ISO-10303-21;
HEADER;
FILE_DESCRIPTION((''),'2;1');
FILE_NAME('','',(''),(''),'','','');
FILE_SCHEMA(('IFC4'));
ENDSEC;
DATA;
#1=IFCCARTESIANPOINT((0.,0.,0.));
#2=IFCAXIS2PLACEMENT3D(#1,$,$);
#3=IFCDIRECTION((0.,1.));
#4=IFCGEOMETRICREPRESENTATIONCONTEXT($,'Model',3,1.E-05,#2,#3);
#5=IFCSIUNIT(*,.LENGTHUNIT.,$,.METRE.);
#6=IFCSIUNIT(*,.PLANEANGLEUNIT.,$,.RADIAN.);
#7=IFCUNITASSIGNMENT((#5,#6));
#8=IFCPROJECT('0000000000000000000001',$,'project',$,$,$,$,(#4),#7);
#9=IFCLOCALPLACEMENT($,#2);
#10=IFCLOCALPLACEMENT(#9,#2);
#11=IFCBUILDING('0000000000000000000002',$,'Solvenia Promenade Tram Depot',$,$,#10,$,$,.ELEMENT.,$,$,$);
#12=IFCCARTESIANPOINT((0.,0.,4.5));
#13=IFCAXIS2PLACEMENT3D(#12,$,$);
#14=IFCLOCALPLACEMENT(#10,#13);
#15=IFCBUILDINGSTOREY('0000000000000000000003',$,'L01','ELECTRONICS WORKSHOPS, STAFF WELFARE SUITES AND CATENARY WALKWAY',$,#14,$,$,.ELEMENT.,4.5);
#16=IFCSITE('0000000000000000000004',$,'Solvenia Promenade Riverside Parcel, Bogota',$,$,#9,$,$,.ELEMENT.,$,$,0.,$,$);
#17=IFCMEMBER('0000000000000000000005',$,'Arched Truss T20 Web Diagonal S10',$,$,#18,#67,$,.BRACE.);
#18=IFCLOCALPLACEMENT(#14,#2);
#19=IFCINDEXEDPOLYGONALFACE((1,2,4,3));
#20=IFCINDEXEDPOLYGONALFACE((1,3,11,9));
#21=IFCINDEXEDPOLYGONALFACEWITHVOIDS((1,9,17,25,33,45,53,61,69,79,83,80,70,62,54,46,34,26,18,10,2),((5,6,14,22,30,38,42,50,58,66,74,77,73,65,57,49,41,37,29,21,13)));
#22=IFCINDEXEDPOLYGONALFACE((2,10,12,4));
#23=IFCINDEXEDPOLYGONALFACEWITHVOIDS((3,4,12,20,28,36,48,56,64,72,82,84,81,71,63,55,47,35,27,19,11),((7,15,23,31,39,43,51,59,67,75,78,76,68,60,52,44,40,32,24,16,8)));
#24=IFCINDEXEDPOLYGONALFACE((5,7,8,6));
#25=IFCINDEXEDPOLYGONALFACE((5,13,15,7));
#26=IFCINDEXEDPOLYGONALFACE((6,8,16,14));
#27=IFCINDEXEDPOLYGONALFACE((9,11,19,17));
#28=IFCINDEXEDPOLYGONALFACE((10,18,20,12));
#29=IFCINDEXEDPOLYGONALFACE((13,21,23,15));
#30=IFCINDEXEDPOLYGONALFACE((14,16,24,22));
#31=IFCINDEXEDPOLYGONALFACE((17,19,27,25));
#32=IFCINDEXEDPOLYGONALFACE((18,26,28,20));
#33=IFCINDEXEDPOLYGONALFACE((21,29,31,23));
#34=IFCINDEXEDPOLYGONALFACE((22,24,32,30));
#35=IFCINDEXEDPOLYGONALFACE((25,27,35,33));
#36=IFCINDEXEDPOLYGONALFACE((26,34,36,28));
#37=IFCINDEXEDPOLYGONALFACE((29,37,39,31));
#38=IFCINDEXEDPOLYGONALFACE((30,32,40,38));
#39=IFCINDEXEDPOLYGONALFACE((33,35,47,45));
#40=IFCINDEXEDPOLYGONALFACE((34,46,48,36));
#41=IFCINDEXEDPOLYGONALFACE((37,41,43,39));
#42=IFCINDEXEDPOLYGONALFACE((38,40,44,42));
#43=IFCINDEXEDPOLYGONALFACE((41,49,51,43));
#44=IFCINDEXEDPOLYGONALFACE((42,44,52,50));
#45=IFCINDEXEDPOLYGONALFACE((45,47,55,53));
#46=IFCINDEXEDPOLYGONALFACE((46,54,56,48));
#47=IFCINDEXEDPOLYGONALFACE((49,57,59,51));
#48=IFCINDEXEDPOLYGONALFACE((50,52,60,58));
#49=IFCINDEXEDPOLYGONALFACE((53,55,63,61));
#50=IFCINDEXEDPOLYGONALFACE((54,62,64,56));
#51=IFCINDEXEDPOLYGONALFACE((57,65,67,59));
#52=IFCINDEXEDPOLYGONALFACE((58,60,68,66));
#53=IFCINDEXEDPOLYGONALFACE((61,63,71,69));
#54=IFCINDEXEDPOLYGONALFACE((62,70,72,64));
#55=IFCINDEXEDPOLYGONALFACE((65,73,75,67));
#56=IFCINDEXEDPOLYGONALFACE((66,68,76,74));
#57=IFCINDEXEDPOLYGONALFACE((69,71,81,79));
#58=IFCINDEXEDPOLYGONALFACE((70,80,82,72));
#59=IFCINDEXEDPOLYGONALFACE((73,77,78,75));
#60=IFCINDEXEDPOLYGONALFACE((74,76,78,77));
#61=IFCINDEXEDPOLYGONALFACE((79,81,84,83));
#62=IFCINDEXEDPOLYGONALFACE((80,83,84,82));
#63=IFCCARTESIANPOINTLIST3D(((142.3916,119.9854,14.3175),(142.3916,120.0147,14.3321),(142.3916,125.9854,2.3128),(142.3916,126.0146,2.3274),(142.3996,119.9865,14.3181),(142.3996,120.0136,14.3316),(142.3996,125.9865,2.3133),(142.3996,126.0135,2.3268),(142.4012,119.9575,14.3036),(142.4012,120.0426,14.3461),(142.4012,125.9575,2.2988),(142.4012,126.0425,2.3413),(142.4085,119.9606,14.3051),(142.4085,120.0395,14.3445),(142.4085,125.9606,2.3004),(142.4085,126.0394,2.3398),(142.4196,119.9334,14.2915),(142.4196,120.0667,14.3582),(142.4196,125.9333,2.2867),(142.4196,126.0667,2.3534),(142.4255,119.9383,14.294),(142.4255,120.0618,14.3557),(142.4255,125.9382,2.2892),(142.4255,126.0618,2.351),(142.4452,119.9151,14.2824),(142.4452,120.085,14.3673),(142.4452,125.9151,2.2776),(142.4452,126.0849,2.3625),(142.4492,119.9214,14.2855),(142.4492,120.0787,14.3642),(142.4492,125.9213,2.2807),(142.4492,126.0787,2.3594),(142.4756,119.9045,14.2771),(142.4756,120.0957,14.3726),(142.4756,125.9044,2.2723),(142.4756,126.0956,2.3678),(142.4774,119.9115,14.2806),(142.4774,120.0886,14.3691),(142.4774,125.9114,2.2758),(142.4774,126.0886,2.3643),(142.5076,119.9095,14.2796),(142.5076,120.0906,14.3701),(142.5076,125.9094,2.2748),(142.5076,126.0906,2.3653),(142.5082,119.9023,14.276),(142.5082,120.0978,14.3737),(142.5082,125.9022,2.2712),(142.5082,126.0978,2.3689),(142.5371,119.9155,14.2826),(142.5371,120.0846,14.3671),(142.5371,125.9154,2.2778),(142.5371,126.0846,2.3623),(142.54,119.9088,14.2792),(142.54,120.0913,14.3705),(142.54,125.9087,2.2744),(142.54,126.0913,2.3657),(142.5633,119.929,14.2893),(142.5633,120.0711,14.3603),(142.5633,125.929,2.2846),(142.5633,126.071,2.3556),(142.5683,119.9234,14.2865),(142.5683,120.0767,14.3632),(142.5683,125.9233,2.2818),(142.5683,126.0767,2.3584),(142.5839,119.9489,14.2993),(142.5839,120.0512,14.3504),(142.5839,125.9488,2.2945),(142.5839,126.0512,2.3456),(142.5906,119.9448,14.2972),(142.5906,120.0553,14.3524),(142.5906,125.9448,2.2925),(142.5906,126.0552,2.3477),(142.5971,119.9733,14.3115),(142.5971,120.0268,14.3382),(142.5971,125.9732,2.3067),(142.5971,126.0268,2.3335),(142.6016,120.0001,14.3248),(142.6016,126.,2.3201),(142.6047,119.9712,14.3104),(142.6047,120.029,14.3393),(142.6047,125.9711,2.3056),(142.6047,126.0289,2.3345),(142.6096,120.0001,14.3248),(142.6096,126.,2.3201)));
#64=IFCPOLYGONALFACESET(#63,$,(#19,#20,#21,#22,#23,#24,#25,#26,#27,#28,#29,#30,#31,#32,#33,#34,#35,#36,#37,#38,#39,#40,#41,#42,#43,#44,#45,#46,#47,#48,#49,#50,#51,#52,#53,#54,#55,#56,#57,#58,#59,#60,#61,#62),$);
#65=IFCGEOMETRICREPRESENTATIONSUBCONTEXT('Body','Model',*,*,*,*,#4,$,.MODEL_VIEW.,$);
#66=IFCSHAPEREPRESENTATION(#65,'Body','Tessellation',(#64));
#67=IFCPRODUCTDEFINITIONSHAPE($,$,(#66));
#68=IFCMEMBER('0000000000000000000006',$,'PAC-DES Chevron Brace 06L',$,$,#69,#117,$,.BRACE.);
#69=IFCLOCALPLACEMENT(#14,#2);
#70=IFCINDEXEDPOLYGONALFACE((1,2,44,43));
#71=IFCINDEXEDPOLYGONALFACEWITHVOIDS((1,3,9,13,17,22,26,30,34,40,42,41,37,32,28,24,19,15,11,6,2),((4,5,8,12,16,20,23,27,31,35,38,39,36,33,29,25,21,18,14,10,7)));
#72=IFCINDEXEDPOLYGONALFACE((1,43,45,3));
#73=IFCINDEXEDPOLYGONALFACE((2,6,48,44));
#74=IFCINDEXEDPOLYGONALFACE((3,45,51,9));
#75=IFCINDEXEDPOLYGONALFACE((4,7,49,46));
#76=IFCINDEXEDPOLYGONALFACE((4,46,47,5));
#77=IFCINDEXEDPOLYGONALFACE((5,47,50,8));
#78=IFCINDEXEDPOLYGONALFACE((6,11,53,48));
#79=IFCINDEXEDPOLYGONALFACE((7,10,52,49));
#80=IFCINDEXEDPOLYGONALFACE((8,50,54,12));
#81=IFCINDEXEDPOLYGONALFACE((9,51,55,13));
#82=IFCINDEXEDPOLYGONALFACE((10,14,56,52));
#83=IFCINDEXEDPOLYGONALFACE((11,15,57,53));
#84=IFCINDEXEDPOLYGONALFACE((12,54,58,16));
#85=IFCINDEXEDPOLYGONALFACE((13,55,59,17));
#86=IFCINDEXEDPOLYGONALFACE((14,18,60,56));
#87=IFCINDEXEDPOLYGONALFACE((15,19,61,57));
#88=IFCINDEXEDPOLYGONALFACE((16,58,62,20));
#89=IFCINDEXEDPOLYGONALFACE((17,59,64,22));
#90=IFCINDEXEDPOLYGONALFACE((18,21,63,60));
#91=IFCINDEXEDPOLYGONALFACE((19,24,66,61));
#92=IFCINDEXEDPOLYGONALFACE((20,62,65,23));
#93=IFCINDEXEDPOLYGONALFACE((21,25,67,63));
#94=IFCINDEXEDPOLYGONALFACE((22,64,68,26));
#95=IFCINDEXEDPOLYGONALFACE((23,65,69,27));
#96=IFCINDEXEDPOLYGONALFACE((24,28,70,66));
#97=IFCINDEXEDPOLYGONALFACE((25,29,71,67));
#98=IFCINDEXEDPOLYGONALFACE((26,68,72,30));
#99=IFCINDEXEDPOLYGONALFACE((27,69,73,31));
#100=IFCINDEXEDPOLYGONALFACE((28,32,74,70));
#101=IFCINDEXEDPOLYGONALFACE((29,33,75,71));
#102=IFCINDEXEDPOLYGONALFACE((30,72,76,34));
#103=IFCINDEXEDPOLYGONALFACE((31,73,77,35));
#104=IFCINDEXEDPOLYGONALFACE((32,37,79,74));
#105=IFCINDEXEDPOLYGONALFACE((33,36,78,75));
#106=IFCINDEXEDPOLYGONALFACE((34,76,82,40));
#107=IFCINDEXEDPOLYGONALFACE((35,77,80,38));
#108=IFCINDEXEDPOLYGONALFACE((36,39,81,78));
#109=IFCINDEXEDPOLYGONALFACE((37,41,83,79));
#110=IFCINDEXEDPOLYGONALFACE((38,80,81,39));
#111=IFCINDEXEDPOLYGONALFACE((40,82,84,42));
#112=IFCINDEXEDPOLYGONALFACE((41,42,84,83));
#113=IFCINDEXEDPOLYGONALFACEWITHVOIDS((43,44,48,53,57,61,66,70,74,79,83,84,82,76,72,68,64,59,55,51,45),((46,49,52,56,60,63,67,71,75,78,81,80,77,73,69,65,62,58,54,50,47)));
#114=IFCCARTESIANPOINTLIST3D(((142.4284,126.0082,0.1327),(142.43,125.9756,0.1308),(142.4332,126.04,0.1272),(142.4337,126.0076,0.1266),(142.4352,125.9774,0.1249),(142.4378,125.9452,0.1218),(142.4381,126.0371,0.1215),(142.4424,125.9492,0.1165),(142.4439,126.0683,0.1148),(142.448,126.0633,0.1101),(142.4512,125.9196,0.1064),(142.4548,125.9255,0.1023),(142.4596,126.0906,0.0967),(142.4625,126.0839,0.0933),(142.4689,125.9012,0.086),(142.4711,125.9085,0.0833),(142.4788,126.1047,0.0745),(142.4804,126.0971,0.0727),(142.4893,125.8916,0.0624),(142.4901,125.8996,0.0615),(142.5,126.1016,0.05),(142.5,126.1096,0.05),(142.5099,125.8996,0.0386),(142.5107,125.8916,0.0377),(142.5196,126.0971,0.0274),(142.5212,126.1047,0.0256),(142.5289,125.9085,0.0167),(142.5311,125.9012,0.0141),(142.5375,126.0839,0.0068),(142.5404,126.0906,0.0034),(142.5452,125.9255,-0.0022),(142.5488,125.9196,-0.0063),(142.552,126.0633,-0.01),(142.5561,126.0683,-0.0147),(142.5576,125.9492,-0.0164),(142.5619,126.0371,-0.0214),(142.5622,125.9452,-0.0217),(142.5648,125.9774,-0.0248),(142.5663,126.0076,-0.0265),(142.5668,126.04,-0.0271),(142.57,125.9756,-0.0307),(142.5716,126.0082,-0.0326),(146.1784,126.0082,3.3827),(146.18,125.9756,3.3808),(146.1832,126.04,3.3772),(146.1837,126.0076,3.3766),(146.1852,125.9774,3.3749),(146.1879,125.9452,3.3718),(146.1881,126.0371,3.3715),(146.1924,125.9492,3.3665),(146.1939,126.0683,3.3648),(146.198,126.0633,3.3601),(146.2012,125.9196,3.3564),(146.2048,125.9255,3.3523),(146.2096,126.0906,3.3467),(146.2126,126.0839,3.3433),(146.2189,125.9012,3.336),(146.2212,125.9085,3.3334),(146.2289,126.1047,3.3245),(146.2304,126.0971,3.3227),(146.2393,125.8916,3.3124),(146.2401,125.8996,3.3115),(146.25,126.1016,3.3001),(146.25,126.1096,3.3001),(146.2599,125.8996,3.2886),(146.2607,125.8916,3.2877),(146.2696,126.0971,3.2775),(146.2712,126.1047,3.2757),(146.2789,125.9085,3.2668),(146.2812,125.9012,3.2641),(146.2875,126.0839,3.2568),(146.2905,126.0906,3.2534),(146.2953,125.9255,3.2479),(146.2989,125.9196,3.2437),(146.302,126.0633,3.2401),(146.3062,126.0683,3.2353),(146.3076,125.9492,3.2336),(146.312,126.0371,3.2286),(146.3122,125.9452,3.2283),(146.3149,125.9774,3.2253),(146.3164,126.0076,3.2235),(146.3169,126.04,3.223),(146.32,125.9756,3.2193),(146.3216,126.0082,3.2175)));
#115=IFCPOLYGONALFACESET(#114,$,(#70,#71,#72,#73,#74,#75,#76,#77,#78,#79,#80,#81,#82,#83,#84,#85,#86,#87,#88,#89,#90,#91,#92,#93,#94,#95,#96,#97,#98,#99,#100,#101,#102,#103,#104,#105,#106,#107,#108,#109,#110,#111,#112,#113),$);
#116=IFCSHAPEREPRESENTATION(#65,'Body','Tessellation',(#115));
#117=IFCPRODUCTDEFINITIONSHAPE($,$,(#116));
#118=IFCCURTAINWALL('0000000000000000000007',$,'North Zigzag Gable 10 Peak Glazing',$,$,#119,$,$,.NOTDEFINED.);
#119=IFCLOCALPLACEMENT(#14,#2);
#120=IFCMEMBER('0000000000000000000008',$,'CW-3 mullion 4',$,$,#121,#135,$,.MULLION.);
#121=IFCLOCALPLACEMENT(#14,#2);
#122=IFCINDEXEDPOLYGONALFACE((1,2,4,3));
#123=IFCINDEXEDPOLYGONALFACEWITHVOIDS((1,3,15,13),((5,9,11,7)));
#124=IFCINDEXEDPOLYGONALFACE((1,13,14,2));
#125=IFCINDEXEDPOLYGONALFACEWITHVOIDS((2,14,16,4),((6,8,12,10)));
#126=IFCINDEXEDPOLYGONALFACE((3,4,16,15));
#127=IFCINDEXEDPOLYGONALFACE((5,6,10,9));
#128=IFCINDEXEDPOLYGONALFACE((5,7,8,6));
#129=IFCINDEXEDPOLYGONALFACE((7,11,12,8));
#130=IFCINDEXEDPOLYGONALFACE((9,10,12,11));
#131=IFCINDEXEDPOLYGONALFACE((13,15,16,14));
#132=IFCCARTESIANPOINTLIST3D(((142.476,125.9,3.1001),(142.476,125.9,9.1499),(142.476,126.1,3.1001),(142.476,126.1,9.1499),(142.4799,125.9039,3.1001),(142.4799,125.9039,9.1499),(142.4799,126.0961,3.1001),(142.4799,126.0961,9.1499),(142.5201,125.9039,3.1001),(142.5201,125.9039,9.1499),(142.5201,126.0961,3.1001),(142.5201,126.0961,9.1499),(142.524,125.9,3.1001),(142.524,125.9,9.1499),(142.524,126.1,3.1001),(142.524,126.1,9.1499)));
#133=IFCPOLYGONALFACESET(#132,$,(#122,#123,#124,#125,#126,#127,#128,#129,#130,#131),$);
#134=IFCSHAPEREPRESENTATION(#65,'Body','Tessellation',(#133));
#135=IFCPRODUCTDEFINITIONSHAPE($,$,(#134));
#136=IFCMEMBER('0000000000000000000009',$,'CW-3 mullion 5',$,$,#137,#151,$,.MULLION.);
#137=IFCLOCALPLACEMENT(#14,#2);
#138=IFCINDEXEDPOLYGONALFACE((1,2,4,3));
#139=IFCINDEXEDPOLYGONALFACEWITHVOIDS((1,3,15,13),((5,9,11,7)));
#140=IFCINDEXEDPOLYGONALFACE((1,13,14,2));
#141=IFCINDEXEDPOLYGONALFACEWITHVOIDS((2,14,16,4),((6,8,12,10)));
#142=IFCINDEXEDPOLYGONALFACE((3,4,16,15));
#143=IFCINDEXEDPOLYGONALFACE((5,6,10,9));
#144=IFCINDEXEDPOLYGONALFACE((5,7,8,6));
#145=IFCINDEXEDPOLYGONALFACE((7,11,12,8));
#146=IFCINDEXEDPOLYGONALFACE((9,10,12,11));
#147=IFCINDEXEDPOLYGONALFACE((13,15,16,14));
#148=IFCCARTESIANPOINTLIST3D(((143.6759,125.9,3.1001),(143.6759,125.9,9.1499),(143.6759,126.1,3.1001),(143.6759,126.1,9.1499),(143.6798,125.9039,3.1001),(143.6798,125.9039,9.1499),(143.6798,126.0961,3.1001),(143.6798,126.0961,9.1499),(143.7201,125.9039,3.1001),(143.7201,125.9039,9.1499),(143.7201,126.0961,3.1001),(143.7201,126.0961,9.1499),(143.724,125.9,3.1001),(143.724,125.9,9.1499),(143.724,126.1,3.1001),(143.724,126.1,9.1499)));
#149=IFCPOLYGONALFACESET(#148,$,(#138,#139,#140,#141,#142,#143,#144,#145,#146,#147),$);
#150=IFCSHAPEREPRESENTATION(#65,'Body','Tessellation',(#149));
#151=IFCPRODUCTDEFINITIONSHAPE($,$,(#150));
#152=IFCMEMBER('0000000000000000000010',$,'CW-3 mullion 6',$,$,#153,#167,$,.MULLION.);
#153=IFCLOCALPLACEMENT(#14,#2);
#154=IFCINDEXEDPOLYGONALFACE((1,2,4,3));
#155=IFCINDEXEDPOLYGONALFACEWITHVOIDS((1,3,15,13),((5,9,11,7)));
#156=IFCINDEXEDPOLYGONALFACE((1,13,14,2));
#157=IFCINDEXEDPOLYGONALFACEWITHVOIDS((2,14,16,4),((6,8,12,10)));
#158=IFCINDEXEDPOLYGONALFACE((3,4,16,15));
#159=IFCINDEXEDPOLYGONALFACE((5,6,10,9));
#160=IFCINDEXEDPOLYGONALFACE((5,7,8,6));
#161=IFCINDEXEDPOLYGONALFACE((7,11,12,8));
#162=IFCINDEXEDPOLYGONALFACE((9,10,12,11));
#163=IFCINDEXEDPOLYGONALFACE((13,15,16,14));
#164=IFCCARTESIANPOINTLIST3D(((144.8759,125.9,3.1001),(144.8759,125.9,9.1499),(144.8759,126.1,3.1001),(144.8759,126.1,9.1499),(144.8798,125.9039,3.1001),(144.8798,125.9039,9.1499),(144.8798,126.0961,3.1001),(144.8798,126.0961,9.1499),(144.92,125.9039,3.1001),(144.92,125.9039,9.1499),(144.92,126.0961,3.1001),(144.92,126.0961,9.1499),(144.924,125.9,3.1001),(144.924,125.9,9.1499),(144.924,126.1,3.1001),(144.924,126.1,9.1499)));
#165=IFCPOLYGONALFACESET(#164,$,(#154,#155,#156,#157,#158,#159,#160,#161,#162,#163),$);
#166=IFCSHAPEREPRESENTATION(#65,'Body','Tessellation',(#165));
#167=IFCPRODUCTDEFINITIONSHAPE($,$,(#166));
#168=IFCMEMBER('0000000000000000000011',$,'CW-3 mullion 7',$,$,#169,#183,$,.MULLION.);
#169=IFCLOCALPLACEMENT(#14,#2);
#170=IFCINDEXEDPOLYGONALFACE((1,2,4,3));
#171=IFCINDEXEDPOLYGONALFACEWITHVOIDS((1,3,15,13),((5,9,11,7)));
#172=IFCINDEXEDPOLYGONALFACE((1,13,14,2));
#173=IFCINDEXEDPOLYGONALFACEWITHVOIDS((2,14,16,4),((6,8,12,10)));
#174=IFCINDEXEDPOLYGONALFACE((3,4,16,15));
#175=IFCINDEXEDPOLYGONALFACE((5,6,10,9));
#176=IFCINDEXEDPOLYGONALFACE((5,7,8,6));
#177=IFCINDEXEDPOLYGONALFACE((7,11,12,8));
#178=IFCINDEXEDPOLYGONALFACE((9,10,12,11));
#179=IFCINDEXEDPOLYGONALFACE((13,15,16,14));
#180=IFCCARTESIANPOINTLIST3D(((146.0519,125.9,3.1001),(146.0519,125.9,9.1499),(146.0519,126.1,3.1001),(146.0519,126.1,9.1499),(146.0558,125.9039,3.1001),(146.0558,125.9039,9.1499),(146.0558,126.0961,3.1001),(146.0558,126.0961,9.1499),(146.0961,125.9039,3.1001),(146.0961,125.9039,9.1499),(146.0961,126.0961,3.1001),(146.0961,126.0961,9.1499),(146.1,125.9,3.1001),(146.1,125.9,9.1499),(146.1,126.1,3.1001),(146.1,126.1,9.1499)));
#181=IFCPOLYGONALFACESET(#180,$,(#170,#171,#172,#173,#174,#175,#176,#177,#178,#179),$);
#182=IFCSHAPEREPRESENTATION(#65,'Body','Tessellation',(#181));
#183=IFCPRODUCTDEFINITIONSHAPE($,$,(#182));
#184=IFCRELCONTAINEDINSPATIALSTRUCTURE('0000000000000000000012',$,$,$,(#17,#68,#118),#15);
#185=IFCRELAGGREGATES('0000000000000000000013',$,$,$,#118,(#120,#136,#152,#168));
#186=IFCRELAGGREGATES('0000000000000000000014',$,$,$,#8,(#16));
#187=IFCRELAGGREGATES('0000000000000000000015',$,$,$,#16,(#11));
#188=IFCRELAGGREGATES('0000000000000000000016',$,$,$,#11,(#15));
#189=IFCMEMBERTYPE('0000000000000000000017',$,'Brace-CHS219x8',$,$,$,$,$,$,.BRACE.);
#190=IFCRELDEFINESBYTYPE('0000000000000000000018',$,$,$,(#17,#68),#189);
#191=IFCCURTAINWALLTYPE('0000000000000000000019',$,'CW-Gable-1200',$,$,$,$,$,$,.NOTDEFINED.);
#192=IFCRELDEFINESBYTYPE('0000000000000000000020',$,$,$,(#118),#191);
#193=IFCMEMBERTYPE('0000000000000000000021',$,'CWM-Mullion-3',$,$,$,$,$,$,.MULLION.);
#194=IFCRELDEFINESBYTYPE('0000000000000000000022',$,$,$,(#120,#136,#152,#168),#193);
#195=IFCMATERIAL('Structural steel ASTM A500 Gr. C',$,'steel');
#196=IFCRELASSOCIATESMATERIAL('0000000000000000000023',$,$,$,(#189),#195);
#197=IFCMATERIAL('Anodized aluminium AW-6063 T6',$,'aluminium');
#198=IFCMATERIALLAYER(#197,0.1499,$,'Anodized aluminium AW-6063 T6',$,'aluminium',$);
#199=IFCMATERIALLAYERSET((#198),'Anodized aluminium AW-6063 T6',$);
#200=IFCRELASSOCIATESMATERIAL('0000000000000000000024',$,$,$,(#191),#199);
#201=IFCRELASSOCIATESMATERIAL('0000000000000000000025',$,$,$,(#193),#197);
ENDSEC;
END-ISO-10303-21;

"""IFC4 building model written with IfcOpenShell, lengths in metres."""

from ifc_helpers import new_model, si_unit, direction, frame, origin, origin_2d, place, context, subcontext, project, spatial, hollow_rectangle, hollow_circle, extrude, material, layer, layer_set, material_profile, profile_set, type_object, element, aggregate, save


model = new_model("IFC4")

# Units and contexts
model_context = context("Model", 3, precision=1e-05, world=origin(), true_north=direction((0.0, 1.0)))
body_context = subcontext(model_context, "Body", "Model", "MODEL_VIEW")
ifc_project = project(units=[si_unit("LENGTHUNIT", "METRE"), si_unit("PLANEANGLEUNIT", "RADIAN")], contexts=[model_context])

# Site, building, storey
site_placement = place(None, origin())
site = spatial("IfcSite", under=ifc_project, at=site_placement, Name="Solvenia Promenade Riverside Parcel, Bogota", CompositionType="ELEMENT", RefElevation=0.0)
building_placement = place(site_placement, origin())
building = spatial("IfcBuilding", under=site, at=building_placement, Name="Solvenia Promenade Tram Depot", CompositionType="ELEMENT")
storey_placement = place(building_placement, frame((0.0, 0.0, 4.5)))
storey = spatial("IfcBuildingStorey", under=building, at=storey_placement, Name="L01", Description="ELECTRONICS WORKSHOPS, STAFF WELFARE SUITES AND CATENARY WALKWAY", CompositionType="ELEMENT", Elevation=4.5)

# Members
ifc_material_1 = material(Name="Structural steel ASTM A500 Gr. C", Category="steel")
ifc_material_profile_1 = material_profile(ifc_material_1, hollow_circle(Radius=0.1096, WallThickness=0.0081, at=origin_2d()), Name="CHS219.1x8", Category="steel")
ifc_profile_set_1 = profile_set([ifc_material_profile_1], Name="Structural steel ASTM A500 Gr. C")
member_type_1 = type_object("IfcMemberType", Name="Brace-CHS219x8", PredefinedType="BRACE", material=ifc_profile_set_1)
member_1_placement = place(storey_placement, frame((142.5, 126.0, 2.3201), z_axis=(0.0, -0.447068, 0.8945), x_axis=(1.0, 0.0, 0.0)))
element("IfcMember", 1, at=member_1_placement, inside=storey, type_object=member_type_1, Name="Arched Truss T20 Web Diagonal S10", PredefinedType="BRACE", context=body_context, shape_type="SweptSolid", body=[
    extrude(hollow_circle(Radius=0.1096, WallThickness=0.0081, at=origin_2d()), origin(), (0.0, 0.0, 1.0), 13.4207),
])
member_2_placement = place(storey_placement, frame((142.5, 126.0, 0.05), z_axis=(0.755689, 0.0, 0.654931), x_axis=(0.0, 1.0, 0.0)))
element("IfcMember", 2, at=member_2_placement, inside=storey, type_object=member_type_1, Name="PAC-DES Chevron Brace 06L", PredefinedType="BRACE", context=body_context, shape_type="SweptSolid", body=[
    extrude(hollow_circle(Radius=0.1096, WallThickness=0.0081, at=origin_2d()), origin(), (0.0, 0.0, 1.0), 4.9624),
])

# Curtain wall, members
ifc_material_2 = material(Name="Anodized aluminium AW-6063 T6", Category="aluminium")
ifc_layer_1 = layer(ifc_material_2, 0.1499, Name="Anodized aluminium AW-6063 T6", Category="aluminium")
ifc_layer_set_1 = layer_set([ifc_layer_1], Name="Anodized aluminium AW-6063 T6")
curtain_wall_type = type_object("IfcCurtainWallType", Name="CW-Gable-1200", PredefinedType="NOTDEFINED", material=ifc_layer_set_1)
curtain_wall_placement = place(storey_placement, origin())
curtain_wall = element("IfcCurtainWall", 3, at=curtain_wall_placement, inside=storey, type_object=curtain_wall_type, Name="North Zigzag Gable 10 Peak Glazing", PredefinedType="NOTDEFINED")
ifc_material_profile_2 = material_profile(ifc_material_2, hollow_rectangle(XDim=0.2, YDim=0.0481, WallThickness=0.0039, at=origin_2d()), Name="ALU-M3", Category="aluminium")
ifc_profile_set_2 = profile_set([ifc_material_profile_2], Name="Anodized aluminium AW-6063 T6")
member_type_2 = type_object("IfcMemberType", Name="CWM-Mullion-3", PredefinedType="MULLION", material=ifc_profile_set_2)
member_3_placement = place(storey_placement, frame((142.5, 126.0, 3.1001), z_axis=(0.0, 0.0, 1.0), x_axis=(0.0, 1.0, 0.0)))
member_3 = element("IfcMember", 4, at=member_3_placement, type_object=member_type_2, Name="CW-3 mullion 4", PredefinedType="MULLION", context=body_context, shape_type="SweptSolid", body=[
    extrude(hollow_rectangle(XDim=0.2, YDim=0.0481, WallThickness=0.0039, at=origin_2d()), origin(), (0.0, 0.0, 1.0), 6.0498),
])
member_4_placement = place(storey_placement, frame((143.7, 126.0, 3.1001), z_axis=(0.0, 0.0, 1.0), x_axis=(0.0, 1.0, 0.0)))
member_4 = element("IfcMember", 5, at=member_4_placement, type_object=member_type_2, Name="CW-3 mullion 5", PredefinedType="MULLION", context=body_context, shape_type="SweptSolid", body=[
    extrude(hollow_rectangle(XDim=0.2, YDim=0.0481, WallThickness=0.0039, at=origin_2d()), origin(), (0.0, 0.0, 1.0), 6.0498),
])
member_5_placement = place(storey_placement, frame((144.8999, 126.0, 3.1001), z_axis=(0.0, 0.0, 1.0), x_axis=(0.0, 1.0, 0.0)))
member_5 = element("IfcMember", 6, at=member_5_placement, type_object=member_type_2, Name="CW-3 mullion 6", PredefinedType="MULLION", context=body_context, shape_type="SweptSolid", body=[
    extrude(hollow_rectangle(XDim=0.2, YDim=0.0481, WallThickness=0.0039, at=origin_2d()), origin(), (0.0, 0.0, 1.0), 6.0498),
])
member_6_placement = place(storey_placement, frame((146.0759, 126.0, 3.1001), z_axis=(0.0, 0.0, 1.0), x_axis=(0.0, 1.0, 0.0)))
member_6 = element("IfcMember", 7, at=member_6_placement, type_object=member_type_2, Name="CW-3 mullion 7", PredefinedType="MULLION", context=body_context, shape_type="SweptSolid", body=[
    extrude(hollow_rectangle(XDim=0.2, YDim=0.0481, WallThickness=0.0039, at=origin_2d()), origin(), (0.0, 0.0, 1.0), 6.0498),
])
aggregate(curtain_wall, [member_3, member_4, member_5, member_6])

save(model, "model.ifc")
